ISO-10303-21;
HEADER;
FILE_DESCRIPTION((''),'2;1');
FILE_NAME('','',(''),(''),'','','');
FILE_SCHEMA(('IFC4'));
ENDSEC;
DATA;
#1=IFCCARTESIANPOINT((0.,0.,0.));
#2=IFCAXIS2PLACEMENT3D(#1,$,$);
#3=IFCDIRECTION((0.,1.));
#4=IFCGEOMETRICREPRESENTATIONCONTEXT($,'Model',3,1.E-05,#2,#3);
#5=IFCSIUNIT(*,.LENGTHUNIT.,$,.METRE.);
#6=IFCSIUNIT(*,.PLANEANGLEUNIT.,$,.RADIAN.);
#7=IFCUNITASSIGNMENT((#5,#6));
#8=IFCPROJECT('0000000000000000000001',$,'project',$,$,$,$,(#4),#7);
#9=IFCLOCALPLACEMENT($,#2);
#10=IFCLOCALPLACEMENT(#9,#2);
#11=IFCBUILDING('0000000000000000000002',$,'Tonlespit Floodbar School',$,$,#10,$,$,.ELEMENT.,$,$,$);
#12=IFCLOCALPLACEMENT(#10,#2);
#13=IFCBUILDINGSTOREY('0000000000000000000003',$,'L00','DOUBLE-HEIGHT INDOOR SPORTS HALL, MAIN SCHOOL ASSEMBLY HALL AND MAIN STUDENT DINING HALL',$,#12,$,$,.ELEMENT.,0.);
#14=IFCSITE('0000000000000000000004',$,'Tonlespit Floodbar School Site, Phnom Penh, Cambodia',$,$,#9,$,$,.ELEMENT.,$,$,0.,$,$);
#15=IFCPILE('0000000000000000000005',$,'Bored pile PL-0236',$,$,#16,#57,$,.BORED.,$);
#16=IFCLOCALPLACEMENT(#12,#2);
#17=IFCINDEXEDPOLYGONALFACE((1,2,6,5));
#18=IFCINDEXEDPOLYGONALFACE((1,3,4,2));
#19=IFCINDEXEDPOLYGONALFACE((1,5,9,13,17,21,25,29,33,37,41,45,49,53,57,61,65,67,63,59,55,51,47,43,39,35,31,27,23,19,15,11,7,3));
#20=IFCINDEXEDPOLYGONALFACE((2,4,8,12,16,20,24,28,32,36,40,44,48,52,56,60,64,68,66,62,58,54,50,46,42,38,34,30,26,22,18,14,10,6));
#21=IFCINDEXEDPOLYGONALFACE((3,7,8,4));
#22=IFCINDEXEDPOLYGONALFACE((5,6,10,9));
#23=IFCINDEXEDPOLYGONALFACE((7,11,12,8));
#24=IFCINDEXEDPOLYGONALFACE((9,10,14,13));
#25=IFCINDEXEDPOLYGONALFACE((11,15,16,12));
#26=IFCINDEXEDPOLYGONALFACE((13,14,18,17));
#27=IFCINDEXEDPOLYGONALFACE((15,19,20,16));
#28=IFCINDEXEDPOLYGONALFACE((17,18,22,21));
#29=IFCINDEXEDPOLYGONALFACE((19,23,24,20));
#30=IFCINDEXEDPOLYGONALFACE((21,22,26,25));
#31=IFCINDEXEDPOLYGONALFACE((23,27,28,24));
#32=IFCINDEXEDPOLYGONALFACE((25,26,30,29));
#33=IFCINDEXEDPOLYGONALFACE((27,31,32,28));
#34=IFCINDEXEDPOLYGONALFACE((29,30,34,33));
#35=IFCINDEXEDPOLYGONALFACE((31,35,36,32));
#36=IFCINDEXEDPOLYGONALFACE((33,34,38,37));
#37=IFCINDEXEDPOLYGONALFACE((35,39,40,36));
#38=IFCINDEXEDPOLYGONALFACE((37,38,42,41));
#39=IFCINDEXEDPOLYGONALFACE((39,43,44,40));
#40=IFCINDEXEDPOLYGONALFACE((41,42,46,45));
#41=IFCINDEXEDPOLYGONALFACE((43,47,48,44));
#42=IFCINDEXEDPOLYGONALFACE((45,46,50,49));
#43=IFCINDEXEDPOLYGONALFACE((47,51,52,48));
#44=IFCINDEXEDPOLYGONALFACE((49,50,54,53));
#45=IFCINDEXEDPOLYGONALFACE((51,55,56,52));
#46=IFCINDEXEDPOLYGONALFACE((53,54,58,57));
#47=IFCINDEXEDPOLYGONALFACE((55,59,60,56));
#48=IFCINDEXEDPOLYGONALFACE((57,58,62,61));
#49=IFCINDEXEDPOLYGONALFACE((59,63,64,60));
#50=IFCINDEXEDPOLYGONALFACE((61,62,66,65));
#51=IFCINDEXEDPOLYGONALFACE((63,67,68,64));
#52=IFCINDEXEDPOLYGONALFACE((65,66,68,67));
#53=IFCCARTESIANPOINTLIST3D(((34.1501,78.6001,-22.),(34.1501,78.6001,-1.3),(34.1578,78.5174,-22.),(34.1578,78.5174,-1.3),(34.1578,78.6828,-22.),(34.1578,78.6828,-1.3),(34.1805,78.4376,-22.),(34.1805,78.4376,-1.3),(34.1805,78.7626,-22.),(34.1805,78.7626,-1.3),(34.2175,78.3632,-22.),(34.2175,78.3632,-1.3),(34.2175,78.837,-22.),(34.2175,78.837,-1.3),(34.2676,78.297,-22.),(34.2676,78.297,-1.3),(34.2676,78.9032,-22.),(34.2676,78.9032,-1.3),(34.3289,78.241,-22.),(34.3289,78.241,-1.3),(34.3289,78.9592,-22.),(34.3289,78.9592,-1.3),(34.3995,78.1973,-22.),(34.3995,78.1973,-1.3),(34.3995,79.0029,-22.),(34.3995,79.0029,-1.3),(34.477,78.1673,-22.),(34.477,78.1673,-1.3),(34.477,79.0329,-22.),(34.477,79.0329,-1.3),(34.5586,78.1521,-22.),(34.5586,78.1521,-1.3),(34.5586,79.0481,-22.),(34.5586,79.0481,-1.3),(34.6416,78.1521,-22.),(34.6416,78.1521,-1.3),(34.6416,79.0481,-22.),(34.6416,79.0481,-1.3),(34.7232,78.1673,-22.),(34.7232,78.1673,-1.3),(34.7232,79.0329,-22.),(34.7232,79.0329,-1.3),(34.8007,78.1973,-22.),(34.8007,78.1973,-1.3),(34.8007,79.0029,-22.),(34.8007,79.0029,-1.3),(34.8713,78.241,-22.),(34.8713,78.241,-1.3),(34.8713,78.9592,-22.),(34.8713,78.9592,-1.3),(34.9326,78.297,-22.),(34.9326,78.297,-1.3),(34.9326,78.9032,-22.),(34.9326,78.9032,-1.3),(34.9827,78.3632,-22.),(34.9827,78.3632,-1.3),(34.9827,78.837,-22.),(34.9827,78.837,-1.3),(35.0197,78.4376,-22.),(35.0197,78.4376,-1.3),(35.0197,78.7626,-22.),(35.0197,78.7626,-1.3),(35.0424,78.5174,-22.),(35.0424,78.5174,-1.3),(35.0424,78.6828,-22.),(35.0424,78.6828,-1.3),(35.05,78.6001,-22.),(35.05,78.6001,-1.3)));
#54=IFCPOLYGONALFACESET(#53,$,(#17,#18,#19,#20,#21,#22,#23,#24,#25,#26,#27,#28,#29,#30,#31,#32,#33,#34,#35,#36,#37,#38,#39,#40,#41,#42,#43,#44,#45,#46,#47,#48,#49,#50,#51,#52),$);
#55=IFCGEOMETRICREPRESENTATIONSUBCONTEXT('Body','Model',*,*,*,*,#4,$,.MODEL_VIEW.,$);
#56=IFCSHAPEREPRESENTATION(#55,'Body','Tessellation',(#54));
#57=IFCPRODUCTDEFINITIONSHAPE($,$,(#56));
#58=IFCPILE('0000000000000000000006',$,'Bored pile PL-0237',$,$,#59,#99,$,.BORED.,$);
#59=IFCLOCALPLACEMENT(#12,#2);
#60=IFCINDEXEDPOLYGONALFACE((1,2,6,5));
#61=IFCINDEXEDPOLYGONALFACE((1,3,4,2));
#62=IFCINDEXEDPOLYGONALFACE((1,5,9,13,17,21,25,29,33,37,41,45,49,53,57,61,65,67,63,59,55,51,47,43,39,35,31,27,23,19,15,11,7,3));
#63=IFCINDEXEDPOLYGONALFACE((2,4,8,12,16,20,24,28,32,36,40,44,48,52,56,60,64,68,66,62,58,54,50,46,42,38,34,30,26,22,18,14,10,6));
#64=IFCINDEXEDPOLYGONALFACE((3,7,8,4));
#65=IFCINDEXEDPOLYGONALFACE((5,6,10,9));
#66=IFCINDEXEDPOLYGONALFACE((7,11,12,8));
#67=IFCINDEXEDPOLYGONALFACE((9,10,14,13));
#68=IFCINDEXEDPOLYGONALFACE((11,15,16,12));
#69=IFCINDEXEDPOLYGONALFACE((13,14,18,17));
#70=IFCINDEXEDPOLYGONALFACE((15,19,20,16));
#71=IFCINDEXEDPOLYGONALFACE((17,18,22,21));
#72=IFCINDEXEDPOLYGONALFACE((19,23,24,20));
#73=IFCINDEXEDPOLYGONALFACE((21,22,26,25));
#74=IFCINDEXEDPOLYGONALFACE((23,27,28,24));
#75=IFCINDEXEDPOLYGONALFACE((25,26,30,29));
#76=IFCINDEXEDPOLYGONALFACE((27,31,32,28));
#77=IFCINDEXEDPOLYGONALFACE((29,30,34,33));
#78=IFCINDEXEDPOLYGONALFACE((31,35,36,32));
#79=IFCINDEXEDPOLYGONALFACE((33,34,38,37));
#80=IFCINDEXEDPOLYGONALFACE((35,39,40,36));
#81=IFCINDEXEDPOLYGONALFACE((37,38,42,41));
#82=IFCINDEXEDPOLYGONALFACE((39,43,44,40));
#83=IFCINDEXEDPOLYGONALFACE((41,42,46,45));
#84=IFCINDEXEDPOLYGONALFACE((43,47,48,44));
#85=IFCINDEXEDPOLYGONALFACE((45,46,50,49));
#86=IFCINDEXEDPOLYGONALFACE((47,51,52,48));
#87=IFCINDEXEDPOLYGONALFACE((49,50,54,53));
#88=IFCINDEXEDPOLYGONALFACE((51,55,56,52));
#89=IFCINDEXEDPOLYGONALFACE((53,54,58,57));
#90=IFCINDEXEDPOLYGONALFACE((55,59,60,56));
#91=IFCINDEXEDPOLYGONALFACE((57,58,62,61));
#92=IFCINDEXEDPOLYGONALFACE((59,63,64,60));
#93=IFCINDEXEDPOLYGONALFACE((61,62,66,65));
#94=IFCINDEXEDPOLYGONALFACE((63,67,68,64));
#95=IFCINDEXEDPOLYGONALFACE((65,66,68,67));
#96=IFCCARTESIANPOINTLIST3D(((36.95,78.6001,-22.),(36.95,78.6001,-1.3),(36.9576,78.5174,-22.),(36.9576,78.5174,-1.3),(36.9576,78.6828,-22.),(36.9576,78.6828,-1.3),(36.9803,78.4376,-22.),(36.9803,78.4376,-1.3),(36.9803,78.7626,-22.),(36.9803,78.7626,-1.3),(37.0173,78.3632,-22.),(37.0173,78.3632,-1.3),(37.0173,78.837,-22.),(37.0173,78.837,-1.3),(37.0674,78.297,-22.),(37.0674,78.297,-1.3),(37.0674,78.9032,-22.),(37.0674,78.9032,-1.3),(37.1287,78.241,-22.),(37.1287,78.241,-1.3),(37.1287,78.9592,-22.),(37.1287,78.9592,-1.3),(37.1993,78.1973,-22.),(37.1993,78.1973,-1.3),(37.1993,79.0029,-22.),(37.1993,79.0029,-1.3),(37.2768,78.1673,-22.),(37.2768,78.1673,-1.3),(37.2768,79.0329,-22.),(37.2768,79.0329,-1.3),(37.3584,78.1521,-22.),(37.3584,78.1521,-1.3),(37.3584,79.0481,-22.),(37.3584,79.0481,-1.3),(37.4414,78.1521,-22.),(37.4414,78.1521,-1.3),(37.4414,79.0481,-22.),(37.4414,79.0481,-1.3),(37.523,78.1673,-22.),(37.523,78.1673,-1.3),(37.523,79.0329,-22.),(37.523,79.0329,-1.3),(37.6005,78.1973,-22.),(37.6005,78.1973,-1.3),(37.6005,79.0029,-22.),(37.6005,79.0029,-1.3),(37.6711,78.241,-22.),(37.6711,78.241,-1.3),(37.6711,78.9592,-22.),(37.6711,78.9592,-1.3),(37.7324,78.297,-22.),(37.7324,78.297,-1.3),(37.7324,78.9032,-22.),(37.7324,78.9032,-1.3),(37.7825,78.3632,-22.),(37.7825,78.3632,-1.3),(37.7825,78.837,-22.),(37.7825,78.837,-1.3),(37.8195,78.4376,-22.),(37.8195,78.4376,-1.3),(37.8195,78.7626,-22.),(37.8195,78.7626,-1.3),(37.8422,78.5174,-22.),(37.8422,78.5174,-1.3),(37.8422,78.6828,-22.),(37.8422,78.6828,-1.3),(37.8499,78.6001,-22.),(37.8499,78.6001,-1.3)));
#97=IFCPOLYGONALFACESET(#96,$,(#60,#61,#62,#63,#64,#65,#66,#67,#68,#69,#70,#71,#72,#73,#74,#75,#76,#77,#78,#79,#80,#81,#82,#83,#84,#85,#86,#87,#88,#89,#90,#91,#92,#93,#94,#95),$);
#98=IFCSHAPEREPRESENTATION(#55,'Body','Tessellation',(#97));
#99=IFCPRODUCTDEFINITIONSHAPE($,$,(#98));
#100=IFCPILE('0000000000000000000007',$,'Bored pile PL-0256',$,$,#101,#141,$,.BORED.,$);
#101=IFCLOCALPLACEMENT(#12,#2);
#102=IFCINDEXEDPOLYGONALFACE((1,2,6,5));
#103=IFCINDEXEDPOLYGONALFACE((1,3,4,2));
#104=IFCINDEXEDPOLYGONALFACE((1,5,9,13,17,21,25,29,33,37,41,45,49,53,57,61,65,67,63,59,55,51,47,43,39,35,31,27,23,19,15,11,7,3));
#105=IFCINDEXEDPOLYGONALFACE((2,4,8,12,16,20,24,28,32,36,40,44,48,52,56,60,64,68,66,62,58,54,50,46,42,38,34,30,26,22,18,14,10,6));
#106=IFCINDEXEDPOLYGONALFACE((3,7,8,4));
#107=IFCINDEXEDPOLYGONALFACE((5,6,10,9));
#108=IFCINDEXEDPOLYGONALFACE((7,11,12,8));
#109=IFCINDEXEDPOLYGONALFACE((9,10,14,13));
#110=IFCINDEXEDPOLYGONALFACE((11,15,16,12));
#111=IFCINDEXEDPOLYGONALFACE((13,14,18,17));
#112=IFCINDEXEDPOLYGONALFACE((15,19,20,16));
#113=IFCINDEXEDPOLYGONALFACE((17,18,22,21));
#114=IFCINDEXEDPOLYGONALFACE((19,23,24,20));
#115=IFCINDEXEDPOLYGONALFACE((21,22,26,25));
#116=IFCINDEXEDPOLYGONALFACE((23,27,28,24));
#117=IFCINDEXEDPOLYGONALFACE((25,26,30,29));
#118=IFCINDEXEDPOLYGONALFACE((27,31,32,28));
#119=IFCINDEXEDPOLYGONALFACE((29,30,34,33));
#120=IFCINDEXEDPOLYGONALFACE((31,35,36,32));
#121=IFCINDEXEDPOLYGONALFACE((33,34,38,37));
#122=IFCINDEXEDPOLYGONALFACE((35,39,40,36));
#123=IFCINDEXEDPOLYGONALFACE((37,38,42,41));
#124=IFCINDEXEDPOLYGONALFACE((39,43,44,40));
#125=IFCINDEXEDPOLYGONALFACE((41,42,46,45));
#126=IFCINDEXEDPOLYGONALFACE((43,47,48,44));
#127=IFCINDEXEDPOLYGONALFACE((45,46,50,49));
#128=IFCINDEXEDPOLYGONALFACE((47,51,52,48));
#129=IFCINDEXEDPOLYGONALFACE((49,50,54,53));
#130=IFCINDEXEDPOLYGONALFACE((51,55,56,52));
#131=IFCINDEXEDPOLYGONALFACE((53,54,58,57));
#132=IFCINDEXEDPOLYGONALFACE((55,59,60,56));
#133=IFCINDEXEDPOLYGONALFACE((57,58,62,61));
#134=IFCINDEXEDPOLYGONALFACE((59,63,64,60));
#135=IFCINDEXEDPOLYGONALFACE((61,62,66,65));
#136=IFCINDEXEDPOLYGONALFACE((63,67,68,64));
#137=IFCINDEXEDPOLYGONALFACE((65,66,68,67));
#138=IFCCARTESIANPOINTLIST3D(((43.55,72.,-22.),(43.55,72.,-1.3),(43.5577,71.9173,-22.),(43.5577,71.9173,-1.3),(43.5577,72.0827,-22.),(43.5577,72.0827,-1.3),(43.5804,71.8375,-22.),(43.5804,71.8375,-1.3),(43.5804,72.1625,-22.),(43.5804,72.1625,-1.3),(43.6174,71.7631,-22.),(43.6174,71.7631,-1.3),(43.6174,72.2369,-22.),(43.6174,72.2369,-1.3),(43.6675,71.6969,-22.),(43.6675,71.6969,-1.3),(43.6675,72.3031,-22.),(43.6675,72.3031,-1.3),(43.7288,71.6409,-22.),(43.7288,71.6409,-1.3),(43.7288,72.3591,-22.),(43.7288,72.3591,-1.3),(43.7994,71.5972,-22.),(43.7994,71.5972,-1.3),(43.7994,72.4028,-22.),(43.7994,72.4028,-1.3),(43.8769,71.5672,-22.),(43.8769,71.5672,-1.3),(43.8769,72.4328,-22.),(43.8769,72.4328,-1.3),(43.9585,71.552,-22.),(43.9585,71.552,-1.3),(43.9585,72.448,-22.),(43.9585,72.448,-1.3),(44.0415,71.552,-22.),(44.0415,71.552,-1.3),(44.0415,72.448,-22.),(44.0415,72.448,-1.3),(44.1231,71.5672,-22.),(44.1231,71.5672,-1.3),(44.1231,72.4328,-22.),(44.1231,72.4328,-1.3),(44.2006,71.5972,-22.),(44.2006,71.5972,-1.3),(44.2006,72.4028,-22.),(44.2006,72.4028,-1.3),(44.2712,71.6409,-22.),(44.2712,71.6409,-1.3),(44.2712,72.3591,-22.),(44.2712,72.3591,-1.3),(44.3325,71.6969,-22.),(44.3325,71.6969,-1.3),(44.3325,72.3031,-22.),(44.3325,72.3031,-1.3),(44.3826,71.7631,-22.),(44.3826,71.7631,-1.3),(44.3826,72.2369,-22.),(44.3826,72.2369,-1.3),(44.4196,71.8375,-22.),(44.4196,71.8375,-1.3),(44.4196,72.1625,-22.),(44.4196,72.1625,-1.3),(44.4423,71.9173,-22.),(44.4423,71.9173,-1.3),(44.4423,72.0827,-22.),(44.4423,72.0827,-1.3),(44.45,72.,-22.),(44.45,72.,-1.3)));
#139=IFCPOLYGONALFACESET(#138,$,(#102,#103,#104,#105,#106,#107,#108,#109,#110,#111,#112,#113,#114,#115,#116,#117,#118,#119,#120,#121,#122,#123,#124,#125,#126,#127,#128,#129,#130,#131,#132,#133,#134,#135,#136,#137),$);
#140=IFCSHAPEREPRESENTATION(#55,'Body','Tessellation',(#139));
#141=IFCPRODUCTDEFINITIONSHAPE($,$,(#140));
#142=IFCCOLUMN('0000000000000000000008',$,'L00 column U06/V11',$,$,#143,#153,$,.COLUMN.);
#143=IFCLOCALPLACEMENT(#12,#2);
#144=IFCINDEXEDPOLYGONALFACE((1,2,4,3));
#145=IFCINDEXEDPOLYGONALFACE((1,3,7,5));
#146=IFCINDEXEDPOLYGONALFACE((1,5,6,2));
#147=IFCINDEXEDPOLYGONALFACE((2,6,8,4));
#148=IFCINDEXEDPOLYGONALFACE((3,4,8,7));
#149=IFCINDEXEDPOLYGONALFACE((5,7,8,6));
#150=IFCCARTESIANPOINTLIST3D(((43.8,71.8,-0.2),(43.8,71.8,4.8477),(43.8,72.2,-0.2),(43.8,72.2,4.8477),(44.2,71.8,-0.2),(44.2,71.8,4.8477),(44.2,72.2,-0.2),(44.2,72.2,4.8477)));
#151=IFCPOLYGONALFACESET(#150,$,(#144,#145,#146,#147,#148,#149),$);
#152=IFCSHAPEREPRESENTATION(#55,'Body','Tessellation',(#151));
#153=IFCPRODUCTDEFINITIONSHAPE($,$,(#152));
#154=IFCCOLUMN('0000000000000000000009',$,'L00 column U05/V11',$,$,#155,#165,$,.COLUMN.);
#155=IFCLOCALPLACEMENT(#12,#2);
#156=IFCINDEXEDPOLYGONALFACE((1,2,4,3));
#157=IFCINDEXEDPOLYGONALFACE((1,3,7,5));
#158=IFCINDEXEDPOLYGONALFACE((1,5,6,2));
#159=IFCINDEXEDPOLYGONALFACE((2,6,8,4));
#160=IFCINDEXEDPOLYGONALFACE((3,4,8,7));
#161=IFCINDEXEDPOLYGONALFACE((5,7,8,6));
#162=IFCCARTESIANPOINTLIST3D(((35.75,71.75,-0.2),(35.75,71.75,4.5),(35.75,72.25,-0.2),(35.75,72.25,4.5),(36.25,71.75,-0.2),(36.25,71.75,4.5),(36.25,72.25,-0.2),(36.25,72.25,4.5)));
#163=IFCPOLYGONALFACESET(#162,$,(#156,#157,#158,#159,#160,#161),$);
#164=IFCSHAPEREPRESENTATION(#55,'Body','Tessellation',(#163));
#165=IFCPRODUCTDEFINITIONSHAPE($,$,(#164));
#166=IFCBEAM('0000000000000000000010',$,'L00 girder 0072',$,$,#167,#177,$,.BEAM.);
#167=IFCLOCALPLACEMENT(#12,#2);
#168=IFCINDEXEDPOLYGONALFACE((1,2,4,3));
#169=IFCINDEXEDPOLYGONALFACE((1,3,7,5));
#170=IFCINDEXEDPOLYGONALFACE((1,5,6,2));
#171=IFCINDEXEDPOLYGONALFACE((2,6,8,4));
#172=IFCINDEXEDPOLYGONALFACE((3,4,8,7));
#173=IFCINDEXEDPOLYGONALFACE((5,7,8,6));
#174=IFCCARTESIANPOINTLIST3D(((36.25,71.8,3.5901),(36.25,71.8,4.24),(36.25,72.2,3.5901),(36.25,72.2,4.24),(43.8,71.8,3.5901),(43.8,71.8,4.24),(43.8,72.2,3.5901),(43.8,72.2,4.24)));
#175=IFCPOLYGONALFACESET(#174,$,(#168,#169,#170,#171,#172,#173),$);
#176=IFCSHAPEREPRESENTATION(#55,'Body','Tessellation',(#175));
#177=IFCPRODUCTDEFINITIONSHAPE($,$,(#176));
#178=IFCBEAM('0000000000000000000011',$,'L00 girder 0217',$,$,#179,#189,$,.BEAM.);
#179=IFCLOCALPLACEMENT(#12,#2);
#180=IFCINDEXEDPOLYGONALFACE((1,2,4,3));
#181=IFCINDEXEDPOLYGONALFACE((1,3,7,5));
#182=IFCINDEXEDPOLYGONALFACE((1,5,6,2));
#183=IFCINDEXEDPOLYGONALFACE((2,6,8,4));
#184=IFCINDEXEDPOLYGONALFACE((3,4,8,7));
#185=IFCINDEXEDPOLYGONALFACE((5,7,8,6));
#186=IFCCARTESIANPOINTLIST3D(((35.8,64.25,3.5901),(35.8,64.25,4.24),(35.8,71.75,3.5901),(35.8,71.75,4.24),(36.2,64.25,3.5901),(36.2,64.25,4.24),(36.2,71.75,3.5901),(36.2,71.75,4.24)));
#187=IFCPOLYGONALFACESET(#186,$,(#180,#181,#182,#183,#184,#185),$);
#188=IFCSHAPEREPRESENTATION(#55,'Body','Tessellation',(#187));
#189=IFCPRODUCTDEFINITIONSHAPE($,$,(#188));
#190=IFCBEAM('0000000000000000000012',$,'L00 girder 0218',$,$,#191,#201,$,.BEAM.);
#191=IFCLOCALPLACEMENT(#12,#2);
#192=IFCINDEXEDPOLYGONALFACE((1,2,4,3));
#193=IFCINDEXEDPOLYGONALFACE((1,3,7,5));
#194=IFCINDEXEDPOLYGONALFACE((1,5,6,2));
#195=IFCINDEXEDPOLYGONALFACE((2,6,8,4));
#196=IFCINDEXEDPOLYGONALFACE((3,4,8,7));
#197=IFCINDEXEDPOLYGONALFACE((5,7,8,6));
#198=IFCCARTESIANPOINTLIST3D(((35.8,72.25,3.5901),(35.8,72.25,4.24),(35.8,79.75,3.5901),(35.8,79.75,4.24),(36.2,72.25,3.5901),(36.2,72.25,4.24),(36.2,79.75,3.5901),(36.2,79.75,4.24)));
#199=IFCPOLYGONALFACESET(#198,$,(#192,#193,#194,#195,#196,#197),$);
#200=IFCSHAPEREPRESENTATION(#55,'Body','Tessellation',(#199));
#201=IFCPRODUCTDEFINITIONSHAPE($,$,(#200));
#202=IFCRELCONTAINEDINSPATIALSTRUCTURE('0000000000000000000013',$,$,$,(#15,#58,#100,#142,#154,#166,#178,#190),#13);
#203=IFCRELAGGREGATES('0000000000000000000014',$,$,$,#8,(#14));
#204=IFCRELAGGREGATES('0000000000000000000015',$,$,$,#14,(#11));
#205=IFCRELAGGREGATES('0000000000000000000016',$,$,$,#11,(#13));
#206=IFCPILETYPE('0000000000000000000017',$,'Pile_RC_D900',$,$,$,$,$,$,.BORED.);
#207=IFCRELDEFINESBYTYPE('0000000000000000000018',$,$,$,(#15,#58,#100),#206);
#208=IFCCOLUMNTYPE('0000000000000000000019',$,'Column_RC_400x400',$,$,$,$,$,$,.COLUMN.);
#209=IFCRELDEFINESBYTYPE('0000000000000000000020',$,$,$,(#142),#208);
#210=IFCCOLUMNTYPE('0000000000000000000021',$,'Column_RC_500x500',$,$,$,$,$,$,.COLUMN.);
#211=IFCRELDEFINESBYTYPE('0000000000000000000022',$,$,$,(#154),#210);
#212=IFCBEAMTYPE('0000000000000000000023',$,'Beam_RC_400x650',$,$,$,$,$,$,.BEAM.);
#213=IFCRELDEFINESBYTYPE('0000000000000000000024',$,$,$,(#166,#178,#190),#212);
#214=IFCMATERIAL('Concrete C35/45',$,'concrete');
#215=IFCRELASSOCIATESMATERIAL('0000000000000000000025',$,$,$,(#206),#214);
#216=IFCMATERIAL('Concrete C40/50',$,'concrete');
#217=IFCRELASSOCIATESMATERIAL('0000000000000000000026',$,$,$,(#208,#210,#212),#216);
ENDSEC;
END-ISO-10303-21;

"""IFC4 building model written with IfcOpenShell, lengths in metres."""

from ifc_helpers import new_model, si_unit, direction, frame, origin, origin_2d, place, context, subcontext, project, spatial, rectangle, circle, extrude, material, material_profile, profile_set, type_object, element, save


model = new_model("IFC4")

# Units and contexts
model_context = context("Model", 3, precision=1e-05, world=origin(), true_north=direction((0.0, 1.0)))
body_context = subcontext(model_context, "Body", "Model", "MODEL_VIEW")
ifc_project = project(units=[si_unit("LENGTHUNIT", "METRE"), si_unit("PLANEANGLEUNIT", "RADIAN")], contexts=[model_context])

# Site, building, storey
site_placement = place(None, origin())
site = spatial("IfcSite", under=ifc_project, at=site_placement, Name="Tonlespit Floodbar School Site, Phnom Penh, Cambodia", CompositionType="ELEMENT", RefElevation=0.0)
building_placement = place(site_placement, origin())
building = spatial("IfcBuilding", under=site, at=building_placement, Name="Tonlespit Floodbar School", CompositionType="ELEMENT")
storey_placement = place(building_placement, origin())
storey = spatial("IfcBuildingStorey", under=building, at=storey_placement, Name="L00", Description="DOUBLE-HEIGHT INDOOR SPORTS HALL, MAIN SCHOOL ASSEMBLY HALL AND MAIN STUDENT DINING HALL", CompositionType="ELEMENT", Elevation=0.0)

# Shared definitions
ifc_material_1 = material(Name="Concrete C40/50", Category="concrete")

# Piles
ifc_material_2 = material(Name="Concrete C35/45", Category="concrete")
ifc_material_profile_1 = material_profile(ifc_material_2, circle(Radius=0.45, at=origin_2d()), Name="BP D900")
ifc_profile_set_1 = profile_set([ifc_material_profile_1], Name="Concrete C35/45")
pile_type = type_object("IfcPileType", Name="Pile_RC_D900", PredefinedType="BORED", material=ifc_profile_set_1)
for number, where, z_axis, x_axis, name in (
    (1, (34.6001, 78.6001, -1.3), (0.0, 0.0, -1.0), (1.0, 0.0, 0.0), "Bored pile PL-0236"),
    (2, (37.3999, 78.6001, -1.3), (0.0, 0.0, -1.0), (1.0, 0.0, 0.0), "Bored pile PL-0237"),
    (3, (44.0, 72.0, -1.3), (0.0, 0.0, -1.0), (1.0, 0.0, 0.0), "Bored pile PL-0256"),
):
    element("IfcPile", number, at=place(storey_placement, frame(where, z_axis=z_axis, x_axis=x_axis)), inside=storey, type_object=pile_type, Name=name, PredefinedType="BORED", context=body_context, shape_type="SweptSolid", body=[
        extrude(circle(Radius=0.45, at=origin_2d()), origin(), (0.0, 0.0, 1.0), 20.7),
    ])

# Columns
ifc_material_profile_2 = material_profile(ifc_material_1, rectangle(XDim=0.3999, YDim=0.3999, at=origin_2d()), Name="RC 400x400")
ifc_profile_set_2 = profile_set([ifc_material_profile_2], Name="Concrete C40/50")
column_type_1 = type_object("IfcColumnType", Name="Column_RC_400x400", PredefinedType="COLUMN", material=ifc_profile_set_2)
column_1_placement = place(storey_placement, frame((44.0, 72.0, -0.2), z_axis=(0.0, 0.0, 1.0), x_axis=(1.0, 0.0, 0.0)))
element("IfcColumn", 4, at=column_1_placement, inside=storey, type_object=column_type_1, Name="L00 column U06/V11", PredefinedType="COLUMN", context=body_context, shape_type="SweptSolid", body=[
    extrude(rectangle(XDim=0.3999, YDim=0.3999, at=origin_2d()), origin(), (0.0, 0.0, 1.0), 5.0476),
])
ifc_material_profile_3 = material_profile(ifc_material_1, rectangle(XDim=0.5, YDim=0.5, at=origin_2d()), Name="RC 500x500")
ifc_profile_set_3 = profile_set([ifc_material_profile_3], Name="Concrete C40/50")
column_type_2 = type_object("IfcColumnType", Name="Column_RC_500x500", PredefinedType="COLUMN", material=ifc_profile_set_3)
column_2_placement = place(storey_placement, frame((36.0, 72.0, -0.2), z_axis=(0.0, 0.0, 1.0), x_axis=(1.0, 0.0, 0.0)))
element("IfcColumn", 5, at=column_2_placement, inside=storey, type_object=column_type_2, Name="L00 column U05/V11", PredefinedType="COLUMN", context=body_context, shape_type="SweptSolid", body=[
    extrude(rectangle(XDim=0.5, YDim=0.5, at=origin_2d()), origin(), (0.0, 0.0, 1.0), 4.7),
])

# Beams
ifc_material_profile_4 = material_profile(ifc_material_1, rectangle(XDim=0.3999, YDim=0.6499, at=origin_2d()), Name="RC 400x650")
ifc_profile_set_4 = profile_set([ifc_material_profile_4], Name="Concrete C40/50")
beam_type_1 = type_object("IfcBeamType", Name="Beam_RC_400x650", PredefinedType="BEAM", material=ifc_profile_set_4)
beam_1_placement = place(storey_placement, frame((36.25, 72.0, 3.915), z_axis=(1.0, 0.0, 0.0), x_axis=(0.0, 1.0, 0.0)))
element("IfcBeam", 6, at=beam_1_placement, inside=storey, type_object=beam_type_1, Name="L00 girder 0072", PredefinedType="BEAM", context=body_context, shape_type="SweptSolid", body=[
    extrude(rectangle(XDim=0.3999, YDim=0.6499, at=origin_2d()), origin(), (0.0, 0.0, 1.0), 7.55),
])
for number, where, z_axis, x_axis, name in (
    (7, (36.0, 64.25, 3.915), (0.0, 1.0, 0.0), (-1.0, 0.0, 0.0), "L00 girder 0217"),
    (8, (36.0, 72.25, 3.915), (0.0, 1.0, 0.0), (-1.0, 0.0, 0.0), "L00 girder 0218"),
):
    element("IfcBeam", number, at=place(storey_placement, frame(where, z_axis=z_axis, x_axis=x_axis)), inside=storey, type_object=beam_type_1, Name=name, PredefinedType="BEAM", context=body_context, shape_type="SweptSolid", body=[
        extrude(rectangle(XDim=0.3999, YDim=0.6499, at=origin_2d()), origin(), (0.0, 0.0, 1.0), 7.5),
    ])

save(model, "model.ifc")
